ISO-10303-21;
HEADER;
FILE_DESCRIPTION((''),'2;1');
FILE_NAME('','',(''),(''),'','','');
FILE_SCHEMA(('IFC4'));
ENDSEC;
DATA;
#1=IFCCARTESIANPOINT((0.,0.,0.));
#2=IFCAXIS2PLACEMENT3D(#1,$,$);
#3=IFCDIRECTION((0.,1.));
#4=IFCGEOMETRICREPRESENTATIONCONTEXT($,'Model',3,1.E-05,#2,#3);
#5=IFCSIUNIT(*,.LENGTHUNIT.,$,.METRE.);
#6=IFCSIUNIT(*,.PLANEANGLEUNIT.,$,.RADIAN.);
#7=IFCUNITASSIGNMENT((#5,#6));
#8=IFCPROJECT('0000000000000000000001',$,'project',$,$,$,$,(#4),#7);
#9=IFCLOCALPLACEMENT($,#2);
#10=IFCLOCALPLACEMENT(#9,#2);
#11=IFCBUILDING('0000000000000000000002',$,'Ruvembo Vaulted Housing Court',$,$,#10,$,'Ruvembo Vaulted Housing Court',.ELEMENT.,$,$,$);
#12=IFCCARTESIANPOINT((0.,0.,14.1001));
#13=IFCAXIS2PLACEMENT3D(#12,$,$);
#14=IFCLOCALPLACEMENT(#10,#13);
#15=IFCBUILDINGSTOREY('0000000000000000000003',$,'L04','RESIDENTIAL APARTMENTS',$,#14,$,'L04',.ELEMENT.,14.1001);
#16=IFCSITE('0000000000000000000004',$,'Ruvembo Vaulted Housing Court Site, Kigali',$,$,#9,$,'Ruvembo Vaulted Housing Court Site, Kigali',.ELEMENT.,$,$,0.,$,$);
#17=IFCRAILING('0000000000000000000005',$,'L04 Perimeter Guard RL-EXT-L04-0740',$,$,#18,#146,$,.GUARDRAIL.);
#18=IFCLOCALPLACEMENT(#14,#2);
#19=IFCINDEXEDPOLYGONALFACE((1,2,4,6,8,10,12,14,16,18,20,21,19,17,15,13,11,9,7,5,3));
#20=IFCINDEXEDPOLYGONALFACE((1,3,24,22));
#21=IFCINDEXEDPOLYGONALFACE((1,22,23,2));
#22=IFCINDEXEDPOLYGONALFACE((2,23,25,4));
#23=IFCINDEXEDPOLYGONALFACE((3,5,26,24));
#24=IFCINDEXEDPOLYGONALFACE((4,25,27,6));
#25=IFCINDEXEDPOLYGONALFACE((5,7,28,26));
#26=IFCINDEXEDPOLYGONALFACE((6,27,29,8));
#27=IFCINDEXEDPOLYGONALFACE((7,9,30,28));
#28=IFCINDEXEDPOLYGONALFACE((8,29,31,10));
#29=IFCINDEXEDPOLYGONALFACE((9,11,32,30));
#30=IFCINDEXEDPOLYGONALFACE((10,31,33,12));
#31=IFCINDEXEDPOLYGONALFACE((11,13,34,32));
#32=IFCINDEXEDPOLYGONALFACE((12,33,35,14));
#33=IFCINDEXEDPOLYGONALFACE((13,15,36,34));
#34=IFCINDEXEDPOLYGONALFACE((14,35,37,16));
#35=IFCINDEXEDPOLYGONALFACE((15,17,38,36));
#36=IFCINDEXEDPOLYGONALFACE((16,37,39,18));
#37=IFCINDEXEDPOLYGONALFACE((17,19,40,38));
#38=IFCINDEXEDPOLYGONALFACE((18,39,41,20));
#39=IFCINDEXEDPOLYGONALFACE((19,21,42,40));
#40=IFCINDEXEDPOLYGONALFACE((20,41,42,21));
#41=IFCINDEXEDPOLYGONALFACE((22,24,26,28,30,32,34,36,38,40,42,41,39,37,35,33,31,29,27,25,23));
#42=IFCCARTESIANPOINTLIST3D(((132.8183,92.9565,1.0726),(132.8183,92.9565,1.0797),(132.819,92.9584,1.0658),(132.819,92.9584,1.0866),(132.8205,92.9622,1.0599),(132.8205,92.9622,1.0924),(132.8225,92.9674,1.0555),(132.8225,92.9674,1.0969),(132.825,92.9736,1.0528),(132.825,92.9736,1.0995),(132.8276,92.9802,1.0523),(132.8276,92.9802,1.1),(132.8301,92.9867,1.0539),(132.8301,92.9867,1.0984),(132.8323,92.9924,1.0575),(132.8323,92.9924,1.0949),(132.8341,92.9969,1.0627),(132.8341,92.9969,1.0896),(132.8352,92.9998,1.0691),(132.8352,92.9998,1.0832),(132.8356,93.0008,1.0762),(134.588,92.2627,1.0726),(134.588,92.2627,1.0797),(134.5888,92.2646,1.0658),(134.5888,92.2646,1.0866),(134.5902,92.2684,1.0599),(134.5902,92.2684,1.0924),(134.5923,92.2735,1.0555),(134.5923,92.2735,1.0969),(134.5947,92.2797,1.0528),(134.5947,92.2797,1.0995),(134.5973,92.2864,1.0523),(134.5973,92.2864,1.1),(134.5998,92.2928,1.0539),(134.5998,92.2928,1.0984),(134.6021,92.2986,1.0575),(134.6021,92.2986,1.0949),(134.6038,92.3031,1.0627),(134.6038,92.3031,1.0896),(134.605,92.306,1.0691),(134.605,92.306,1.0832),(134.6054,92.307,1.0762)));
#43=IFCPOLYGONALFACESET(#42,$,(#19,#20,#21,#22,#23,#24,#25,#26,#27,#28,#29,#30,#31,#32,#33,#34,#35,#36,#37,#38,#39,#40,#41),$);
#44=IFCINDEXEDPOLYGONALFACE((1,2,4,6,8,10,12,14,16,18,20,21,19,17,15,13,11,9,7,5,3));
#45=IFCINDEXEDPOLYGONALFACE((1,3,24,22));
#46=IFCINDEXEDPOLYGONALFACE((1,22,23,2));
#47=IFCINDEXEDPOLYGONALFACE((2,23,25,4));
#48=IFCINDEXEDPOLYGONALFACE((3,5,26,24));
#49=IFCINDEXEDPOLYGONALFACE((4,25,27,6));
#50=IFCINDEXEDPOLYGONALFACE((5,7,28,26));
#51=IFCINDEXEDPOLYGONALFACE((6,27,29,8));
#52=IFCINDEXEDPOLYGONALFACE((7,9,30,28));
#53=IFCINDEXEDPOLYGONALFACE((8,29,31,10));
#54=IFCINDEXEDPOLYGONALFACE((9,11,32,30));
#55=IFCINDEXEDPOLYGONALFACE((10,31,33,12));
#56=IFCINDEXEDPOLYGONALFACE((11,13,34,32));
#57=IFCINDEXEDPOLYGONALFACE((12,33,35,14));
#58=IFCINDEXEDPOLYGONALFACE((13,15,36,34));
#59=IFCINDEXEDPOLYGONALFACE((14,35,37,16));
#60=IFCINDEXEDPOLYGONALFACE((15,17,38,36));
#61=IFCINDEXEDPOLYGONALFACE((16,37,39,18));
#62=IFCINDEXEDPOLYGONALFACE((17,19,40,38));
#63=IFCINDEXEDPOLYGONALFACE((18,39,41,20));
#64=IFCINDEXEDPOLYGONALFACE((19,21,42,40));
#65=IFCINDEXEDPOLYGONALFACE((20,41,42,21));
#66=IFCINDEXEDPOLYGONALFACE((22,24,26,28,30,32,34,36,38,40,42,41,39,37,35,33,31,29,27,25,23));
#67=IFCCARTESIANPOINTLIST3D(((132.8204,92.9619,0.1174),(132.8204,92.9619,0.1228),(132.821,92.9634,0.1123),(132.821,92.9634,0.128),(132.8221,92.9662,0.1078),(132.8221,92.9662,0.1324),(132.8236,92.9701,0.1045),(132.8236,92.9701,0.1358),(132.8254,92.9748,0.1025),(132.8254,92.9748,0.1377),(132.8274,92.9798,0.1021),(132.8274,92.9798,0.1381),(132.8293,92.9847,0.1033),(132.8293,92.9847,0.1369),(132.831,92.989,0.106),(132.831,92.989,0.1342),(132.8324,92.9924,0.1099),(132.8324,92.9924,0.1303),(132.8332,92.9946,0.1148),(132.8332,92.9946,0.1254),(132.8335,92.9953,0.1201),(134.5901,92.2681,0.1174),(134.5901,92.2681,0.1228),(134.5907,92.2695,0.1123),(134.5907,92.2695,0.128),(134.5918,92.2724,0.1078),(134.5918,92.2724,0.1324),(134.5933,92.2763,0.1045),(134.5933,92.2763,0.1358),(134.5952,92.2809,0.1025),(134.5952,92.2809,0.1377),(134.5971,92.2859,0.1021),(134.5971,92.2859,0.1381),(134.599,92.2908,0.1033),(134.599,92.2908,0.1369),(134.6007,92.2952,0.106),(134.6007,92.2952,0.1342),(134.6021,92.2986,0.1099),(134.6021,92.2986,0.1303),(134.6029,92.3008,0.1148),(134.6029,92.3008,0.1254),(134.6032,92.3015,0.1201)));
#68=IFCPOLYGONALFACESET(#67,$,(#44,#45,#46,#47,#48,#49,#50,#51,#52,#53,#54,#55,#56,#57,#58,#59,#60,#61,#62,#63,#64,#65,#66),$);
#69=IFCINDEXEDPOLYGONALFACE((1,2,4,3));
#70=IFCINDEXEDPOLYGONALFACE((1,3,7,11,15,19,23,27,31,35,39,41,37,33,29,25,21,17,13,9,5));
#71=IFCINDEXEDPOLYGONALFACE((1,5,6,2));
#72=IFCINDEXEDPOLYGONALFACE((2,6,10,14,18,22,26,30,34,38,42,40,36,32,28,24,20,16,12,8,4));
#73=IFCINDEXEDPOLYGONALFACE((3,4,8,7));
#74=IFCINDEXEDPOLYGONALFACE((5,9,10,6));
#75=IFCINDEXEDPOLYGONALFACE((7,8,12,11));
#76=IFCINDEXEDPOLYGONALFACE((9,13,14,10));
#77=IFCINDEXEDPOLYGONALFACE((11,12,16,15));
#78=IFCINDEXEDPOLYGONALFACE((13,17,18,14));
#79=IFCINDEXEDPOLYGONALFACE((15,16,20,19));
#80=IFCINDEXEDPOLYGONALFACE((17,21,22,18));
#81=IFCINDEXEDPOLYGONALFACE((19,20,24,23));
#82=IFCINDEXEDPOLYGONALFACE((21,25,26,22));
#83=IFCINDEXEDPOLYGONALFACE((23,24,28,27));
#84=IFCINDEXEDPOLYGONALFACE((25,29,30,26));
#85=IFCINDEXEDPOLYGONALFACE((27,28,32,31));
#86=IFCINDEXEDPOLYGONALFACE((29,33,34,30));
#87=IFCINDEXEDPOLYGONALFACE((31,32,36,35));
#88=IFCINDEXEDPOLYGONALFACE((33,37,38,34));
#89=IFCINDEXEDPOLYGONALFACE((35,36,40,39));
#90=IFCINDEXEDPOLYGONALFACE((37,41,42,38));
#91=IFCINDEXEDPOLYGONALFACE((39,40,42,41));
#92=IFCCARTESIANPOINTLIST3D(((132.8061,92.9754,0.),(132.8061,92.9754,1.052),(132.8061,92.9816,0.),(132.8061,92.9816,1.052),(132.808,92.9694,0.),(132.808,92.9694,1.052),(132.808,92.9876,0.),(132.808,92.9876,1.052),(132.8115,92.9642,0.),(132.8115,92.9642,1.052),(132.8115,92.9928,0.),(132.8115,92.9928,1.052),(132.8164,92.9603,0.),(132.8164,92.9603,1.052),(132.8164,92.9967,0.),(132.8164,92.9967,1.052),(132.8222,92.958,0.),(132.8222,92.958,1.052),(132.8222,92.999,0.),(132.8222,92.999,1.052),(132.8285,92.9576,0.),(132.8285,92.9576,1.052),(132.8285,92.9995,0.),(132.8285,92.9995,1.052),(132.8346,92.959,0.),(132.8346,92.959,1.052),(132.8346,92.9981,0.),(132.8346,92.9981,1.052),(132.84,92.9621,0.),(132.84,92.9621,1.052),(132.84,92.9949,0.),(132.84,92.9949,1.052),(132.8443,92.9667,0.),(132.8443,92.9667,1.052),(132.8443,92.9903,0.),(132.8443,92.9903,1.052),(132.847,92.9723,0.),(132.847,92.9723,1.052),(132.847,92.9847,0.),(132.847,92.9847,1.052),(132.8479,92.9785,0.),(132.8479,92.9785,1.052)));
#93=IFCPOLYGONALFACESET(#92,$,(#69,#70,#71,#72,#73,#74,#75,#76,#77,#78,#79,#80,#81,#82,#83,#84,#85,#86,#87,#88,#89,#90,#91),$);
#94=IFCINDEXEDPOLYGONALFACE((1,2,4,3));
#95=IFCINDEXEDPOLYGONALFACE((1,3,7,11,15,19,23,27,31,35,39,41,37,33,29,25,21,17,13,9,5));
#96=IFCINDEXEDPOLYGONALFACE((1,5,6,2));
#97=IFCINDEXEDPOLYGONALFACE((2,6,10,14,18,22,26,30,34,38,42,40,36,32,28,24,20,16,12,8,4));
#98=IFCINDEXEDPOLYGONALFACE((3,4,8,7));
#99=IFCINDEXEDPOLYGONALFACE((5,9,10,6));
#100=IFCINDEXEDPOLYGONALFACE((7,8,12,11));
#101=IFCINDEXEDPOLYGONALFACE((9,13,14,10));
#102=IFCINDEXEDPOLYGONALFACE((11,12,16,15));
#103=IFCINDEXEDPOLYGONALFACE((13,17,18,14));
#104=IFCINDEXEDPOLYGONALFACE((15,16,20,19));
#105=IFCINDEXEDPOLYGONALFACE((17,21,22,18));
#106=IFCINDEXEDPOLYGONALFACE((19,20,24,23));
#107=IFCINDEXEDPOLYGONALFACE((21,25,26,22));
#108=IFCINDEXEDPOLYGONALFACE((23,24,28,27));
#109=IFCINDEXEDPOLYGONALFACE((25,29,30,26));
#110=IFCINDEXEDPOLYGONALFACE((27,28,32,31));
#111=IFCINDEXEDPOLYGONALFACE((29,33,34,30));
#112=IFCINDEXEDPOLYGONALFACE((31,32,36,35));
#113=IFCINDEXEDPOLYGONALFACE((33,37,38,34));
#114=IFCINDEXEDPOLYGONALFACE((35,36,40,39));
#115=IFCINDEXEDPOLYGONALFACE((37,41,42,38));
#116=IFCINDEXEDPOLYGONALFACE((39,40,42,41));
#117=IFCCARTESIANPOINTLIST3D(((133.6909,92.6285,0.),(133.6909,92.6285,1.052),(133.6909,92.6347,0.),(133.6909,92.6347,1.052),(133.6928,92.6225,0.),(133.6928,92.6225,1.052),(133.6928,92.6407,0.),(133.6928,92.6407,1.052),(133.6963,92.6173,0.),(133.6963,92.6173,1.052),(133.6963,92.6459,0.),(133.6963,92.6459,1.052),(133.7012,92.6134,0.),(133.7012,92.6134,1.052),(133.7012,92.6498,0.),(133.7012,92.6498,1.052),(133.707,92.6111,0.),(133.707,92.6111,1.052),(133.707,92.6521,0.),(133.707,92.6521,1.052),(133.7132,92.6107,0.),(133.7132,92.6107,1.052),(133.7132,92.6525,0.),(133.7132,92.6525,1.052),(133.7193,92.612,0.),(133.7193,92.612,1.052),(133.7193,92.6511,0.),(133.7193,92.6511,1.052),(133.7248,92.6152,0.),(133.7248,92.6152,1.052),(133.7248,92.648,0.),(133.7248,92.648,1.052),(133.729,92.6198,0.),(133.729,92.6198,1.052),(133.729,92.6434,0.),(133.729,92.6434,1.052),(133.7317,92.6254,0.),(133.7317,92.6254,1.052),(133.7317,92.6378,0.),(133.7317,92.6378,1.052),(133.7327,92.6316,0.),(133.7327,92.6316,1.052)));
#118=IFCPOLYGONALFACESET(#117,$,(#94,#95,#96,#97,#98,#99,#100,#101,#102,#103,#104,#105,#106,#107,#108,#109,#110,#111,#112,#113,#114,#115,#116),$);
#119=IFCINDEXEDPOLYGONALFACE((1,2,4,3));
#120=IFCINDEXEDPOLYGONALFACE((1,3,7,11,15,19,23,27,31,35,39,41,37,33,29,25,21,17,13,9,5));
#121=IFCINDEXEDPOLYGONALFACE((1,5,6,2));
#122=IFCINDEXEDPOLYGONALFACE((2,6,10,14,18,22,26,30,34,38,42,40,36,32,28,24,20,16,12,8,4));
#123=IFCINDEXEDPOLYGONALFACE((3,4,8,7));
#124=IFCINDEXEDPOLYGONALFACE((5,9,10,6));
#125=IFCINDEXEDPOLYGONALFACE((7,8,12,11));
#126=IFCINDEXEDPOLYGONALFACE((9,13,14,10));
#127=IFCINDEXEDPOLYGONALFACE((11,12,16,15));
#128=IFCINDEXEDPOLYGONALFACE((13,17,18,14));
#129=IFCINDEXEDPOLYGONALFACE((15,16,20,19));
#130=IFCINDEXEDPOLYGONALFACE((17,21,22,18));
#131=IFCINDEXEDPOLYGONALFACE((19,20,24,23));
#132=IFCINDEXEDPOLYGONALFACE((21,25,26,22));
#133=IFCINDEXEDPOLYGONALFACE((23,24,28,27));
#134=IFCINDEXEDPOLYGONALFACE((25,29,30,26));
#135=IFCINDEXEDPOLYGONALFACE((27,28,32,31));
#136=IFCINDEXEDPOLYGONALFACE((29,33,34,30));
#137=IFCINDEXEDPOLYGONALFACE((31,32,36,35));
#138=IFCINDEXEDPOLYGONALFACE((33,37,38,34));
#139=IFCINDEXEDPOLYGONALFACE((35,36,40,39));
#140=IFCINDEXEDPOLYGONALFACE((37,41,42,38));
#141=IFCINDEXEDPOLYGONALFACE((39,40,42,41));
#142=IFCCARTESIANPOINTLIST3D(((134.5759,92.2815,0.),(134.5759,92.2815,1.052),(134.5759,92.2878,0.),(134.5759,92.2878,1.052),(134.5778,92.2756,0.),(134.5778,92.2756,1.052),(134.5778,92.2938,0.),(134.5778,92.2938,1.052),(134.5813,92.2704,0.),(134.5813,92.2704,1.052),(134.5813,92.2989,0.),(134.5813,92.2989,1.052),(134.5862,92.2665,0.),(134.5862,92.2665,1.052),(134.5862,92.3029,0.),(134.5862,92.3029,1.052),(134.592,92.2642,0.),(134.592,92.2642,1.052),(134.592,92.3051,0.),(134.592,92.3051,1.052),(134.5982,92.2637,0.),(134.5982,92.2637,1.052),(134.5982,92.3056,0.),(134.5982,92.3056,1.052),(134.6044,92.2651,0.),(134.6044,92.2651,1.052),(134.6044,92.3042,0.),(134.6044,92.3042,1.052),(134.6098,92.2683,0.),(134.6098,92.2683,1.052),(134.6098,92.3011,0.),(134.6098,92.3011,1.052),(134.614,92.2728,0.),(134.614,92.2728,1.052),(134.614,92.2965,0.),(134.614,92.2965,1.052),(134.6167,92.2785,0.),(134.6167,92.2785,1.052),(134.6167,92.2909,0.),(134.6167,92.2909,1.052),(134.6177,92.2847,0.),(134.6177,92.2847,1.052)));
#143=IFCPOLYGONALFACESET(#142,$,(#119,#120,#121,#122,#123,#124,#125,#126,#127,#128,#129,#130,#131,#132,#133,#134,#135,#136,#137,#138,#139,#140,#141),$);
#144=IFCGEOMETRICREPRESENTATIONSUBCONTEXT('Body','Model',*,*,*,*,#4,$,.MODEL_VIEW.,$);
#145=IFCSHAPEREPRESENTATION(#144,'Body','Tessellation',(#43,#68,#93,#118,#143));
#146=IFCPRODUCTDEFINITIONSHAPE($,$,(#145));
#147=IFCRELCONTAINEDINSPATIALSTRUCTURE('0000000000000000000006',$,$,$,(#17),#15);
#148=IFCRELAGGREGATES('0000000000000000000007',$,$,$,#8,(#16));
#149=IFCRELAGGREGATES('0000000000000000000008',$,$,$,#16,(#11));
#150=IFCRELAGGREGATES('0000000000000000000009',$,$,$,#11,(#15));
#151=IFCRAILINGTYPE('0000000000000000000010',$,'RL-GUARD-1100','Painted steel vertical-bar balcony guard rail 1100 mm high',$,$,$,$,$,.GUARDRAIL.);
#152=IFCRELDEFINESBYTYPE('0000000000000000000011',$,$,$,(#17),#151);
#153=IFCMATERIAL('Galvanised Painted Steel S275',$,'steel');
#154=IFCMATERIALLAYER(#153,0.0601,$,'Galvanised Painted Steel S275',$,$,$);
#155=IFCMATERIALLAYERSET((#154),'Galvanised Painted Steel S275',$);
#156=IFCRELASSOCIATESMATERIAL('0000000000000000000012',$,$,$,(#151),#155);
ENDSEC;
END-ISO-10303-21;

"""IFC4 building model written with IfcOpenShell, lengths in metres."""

from ifc_helpers import new_model, si_unit, direction, frame, origin, origin_2d, place, context, subcontext, project, spatial, circle, extrude, material, layer, layer_set, type_object, element, save


model = new_model("IFC4")

# Units and contexts
model_context = context("Model", 3, precision=1e-05, world=origin(), true_north=direction((0.0, 1.0)))
body_context = subcontext(model_context, "Body", "Model", "MODEL_VIEW")
ifc_project = project(units=[si_unit("LENGTHUNIT", "METRE"), si_unit("PLANEANGLEUNIT", "RADIAN")], contexts=[model_context])

# Site, building, storey
site_placement = place(None, origin())
site = spatial("IfcSite", under=ifc_project, at=site_placement, Name="Ruvembo Vaulted Housing Court Site, Kigali", LongName="Ruvembo Vaulted Housing Court Site, Kigali", CompositionType="ELEMENT", RefElevation=0.0)
building_placement = place(site_placement, origin())
building = spatial("IfcBuilding", under=site, at=building_placement, Name="Ruvembo Vaulted Housing Court", LongName="Ruvembo Vaulted Housing Court", CompositionType="ELEMENT")
storey_placement = place(building_placement, frame((0.0, 0.0, 14.1001)))
storey = spatial("IfcBuildingStorey", under=building, at=storey_placement, Name="L04", Description="RESIDENTIAL APARTMENTS", LongName="L04", CompositionType="ELEMENT", Elevation=14.1001)

# Railing
ifc_material_1 = material(Name="Galvanised Painted Steel S275", Category="steel")
ifc_layer_1 = layer(ifc_material_1, 0.0601, Name="Galvanised Painted Steel S275")
ifc_layer_set_1 = layer_set([ifc_layer_1], Name="Galvanised Painted Steel S275")
railing_type = type_object("IfcRailingType", Name="RL-GUARD-1100", Description="Painted steel vertical-bar balcony guard rail 1100 mm high", PredefinedType="GUARDRAIL", material=ifc_layer_set_1)
railing_1_placement = place(storey_placement, frame((132.8269, 92.9785, 0.0)))
element("IfcRailing", 1, at=railing_1_placement, inside=storey, type_object=railing_type, Name="L04 Perimeter Guard RL-EXT-L04-0740", PredefinedType="GUARDRAIL", context=body_context, shape_type="SweptSolid", body=[
    extrude(circle(Radius=0.0239, at=origin_2d()), frame((0.0, 0.0, 1.0762), z_axis=(0.931006, -0.365005, 0.0), x_axis=(0.365005, 0.931006, 0.0)), (0.0, 0.0, 1.0), 1.9009),
    extrude(circle(Radius=0.0181, at=origin_2d()), frame((0.0, 0.0, 0.1201), z_axis=(0.931006, -0.365005, 0.0), x_axis=(0.365005, 0.931006, 0.0)), (0.0, 0.0, 1.0), 1.9009),
    extrude(circle(Radius=0.021, at=origin_2d()), origin(), (0.0, 0.0, 1.0), 1.052),
    extrude(circle(Radius=0.021, at=origin_2d()), frame((0.8848, -0.3469, 0.0)), (0.0, 0.0, 1.0), 1.052),
    extrude(circle(Radius=0.021, at=origin_2d()), frame((1.7698, -0.6938, 0.0)), (0.0, 0.0, 1.0), 1.052),
])

save(model, "model.ifc")
